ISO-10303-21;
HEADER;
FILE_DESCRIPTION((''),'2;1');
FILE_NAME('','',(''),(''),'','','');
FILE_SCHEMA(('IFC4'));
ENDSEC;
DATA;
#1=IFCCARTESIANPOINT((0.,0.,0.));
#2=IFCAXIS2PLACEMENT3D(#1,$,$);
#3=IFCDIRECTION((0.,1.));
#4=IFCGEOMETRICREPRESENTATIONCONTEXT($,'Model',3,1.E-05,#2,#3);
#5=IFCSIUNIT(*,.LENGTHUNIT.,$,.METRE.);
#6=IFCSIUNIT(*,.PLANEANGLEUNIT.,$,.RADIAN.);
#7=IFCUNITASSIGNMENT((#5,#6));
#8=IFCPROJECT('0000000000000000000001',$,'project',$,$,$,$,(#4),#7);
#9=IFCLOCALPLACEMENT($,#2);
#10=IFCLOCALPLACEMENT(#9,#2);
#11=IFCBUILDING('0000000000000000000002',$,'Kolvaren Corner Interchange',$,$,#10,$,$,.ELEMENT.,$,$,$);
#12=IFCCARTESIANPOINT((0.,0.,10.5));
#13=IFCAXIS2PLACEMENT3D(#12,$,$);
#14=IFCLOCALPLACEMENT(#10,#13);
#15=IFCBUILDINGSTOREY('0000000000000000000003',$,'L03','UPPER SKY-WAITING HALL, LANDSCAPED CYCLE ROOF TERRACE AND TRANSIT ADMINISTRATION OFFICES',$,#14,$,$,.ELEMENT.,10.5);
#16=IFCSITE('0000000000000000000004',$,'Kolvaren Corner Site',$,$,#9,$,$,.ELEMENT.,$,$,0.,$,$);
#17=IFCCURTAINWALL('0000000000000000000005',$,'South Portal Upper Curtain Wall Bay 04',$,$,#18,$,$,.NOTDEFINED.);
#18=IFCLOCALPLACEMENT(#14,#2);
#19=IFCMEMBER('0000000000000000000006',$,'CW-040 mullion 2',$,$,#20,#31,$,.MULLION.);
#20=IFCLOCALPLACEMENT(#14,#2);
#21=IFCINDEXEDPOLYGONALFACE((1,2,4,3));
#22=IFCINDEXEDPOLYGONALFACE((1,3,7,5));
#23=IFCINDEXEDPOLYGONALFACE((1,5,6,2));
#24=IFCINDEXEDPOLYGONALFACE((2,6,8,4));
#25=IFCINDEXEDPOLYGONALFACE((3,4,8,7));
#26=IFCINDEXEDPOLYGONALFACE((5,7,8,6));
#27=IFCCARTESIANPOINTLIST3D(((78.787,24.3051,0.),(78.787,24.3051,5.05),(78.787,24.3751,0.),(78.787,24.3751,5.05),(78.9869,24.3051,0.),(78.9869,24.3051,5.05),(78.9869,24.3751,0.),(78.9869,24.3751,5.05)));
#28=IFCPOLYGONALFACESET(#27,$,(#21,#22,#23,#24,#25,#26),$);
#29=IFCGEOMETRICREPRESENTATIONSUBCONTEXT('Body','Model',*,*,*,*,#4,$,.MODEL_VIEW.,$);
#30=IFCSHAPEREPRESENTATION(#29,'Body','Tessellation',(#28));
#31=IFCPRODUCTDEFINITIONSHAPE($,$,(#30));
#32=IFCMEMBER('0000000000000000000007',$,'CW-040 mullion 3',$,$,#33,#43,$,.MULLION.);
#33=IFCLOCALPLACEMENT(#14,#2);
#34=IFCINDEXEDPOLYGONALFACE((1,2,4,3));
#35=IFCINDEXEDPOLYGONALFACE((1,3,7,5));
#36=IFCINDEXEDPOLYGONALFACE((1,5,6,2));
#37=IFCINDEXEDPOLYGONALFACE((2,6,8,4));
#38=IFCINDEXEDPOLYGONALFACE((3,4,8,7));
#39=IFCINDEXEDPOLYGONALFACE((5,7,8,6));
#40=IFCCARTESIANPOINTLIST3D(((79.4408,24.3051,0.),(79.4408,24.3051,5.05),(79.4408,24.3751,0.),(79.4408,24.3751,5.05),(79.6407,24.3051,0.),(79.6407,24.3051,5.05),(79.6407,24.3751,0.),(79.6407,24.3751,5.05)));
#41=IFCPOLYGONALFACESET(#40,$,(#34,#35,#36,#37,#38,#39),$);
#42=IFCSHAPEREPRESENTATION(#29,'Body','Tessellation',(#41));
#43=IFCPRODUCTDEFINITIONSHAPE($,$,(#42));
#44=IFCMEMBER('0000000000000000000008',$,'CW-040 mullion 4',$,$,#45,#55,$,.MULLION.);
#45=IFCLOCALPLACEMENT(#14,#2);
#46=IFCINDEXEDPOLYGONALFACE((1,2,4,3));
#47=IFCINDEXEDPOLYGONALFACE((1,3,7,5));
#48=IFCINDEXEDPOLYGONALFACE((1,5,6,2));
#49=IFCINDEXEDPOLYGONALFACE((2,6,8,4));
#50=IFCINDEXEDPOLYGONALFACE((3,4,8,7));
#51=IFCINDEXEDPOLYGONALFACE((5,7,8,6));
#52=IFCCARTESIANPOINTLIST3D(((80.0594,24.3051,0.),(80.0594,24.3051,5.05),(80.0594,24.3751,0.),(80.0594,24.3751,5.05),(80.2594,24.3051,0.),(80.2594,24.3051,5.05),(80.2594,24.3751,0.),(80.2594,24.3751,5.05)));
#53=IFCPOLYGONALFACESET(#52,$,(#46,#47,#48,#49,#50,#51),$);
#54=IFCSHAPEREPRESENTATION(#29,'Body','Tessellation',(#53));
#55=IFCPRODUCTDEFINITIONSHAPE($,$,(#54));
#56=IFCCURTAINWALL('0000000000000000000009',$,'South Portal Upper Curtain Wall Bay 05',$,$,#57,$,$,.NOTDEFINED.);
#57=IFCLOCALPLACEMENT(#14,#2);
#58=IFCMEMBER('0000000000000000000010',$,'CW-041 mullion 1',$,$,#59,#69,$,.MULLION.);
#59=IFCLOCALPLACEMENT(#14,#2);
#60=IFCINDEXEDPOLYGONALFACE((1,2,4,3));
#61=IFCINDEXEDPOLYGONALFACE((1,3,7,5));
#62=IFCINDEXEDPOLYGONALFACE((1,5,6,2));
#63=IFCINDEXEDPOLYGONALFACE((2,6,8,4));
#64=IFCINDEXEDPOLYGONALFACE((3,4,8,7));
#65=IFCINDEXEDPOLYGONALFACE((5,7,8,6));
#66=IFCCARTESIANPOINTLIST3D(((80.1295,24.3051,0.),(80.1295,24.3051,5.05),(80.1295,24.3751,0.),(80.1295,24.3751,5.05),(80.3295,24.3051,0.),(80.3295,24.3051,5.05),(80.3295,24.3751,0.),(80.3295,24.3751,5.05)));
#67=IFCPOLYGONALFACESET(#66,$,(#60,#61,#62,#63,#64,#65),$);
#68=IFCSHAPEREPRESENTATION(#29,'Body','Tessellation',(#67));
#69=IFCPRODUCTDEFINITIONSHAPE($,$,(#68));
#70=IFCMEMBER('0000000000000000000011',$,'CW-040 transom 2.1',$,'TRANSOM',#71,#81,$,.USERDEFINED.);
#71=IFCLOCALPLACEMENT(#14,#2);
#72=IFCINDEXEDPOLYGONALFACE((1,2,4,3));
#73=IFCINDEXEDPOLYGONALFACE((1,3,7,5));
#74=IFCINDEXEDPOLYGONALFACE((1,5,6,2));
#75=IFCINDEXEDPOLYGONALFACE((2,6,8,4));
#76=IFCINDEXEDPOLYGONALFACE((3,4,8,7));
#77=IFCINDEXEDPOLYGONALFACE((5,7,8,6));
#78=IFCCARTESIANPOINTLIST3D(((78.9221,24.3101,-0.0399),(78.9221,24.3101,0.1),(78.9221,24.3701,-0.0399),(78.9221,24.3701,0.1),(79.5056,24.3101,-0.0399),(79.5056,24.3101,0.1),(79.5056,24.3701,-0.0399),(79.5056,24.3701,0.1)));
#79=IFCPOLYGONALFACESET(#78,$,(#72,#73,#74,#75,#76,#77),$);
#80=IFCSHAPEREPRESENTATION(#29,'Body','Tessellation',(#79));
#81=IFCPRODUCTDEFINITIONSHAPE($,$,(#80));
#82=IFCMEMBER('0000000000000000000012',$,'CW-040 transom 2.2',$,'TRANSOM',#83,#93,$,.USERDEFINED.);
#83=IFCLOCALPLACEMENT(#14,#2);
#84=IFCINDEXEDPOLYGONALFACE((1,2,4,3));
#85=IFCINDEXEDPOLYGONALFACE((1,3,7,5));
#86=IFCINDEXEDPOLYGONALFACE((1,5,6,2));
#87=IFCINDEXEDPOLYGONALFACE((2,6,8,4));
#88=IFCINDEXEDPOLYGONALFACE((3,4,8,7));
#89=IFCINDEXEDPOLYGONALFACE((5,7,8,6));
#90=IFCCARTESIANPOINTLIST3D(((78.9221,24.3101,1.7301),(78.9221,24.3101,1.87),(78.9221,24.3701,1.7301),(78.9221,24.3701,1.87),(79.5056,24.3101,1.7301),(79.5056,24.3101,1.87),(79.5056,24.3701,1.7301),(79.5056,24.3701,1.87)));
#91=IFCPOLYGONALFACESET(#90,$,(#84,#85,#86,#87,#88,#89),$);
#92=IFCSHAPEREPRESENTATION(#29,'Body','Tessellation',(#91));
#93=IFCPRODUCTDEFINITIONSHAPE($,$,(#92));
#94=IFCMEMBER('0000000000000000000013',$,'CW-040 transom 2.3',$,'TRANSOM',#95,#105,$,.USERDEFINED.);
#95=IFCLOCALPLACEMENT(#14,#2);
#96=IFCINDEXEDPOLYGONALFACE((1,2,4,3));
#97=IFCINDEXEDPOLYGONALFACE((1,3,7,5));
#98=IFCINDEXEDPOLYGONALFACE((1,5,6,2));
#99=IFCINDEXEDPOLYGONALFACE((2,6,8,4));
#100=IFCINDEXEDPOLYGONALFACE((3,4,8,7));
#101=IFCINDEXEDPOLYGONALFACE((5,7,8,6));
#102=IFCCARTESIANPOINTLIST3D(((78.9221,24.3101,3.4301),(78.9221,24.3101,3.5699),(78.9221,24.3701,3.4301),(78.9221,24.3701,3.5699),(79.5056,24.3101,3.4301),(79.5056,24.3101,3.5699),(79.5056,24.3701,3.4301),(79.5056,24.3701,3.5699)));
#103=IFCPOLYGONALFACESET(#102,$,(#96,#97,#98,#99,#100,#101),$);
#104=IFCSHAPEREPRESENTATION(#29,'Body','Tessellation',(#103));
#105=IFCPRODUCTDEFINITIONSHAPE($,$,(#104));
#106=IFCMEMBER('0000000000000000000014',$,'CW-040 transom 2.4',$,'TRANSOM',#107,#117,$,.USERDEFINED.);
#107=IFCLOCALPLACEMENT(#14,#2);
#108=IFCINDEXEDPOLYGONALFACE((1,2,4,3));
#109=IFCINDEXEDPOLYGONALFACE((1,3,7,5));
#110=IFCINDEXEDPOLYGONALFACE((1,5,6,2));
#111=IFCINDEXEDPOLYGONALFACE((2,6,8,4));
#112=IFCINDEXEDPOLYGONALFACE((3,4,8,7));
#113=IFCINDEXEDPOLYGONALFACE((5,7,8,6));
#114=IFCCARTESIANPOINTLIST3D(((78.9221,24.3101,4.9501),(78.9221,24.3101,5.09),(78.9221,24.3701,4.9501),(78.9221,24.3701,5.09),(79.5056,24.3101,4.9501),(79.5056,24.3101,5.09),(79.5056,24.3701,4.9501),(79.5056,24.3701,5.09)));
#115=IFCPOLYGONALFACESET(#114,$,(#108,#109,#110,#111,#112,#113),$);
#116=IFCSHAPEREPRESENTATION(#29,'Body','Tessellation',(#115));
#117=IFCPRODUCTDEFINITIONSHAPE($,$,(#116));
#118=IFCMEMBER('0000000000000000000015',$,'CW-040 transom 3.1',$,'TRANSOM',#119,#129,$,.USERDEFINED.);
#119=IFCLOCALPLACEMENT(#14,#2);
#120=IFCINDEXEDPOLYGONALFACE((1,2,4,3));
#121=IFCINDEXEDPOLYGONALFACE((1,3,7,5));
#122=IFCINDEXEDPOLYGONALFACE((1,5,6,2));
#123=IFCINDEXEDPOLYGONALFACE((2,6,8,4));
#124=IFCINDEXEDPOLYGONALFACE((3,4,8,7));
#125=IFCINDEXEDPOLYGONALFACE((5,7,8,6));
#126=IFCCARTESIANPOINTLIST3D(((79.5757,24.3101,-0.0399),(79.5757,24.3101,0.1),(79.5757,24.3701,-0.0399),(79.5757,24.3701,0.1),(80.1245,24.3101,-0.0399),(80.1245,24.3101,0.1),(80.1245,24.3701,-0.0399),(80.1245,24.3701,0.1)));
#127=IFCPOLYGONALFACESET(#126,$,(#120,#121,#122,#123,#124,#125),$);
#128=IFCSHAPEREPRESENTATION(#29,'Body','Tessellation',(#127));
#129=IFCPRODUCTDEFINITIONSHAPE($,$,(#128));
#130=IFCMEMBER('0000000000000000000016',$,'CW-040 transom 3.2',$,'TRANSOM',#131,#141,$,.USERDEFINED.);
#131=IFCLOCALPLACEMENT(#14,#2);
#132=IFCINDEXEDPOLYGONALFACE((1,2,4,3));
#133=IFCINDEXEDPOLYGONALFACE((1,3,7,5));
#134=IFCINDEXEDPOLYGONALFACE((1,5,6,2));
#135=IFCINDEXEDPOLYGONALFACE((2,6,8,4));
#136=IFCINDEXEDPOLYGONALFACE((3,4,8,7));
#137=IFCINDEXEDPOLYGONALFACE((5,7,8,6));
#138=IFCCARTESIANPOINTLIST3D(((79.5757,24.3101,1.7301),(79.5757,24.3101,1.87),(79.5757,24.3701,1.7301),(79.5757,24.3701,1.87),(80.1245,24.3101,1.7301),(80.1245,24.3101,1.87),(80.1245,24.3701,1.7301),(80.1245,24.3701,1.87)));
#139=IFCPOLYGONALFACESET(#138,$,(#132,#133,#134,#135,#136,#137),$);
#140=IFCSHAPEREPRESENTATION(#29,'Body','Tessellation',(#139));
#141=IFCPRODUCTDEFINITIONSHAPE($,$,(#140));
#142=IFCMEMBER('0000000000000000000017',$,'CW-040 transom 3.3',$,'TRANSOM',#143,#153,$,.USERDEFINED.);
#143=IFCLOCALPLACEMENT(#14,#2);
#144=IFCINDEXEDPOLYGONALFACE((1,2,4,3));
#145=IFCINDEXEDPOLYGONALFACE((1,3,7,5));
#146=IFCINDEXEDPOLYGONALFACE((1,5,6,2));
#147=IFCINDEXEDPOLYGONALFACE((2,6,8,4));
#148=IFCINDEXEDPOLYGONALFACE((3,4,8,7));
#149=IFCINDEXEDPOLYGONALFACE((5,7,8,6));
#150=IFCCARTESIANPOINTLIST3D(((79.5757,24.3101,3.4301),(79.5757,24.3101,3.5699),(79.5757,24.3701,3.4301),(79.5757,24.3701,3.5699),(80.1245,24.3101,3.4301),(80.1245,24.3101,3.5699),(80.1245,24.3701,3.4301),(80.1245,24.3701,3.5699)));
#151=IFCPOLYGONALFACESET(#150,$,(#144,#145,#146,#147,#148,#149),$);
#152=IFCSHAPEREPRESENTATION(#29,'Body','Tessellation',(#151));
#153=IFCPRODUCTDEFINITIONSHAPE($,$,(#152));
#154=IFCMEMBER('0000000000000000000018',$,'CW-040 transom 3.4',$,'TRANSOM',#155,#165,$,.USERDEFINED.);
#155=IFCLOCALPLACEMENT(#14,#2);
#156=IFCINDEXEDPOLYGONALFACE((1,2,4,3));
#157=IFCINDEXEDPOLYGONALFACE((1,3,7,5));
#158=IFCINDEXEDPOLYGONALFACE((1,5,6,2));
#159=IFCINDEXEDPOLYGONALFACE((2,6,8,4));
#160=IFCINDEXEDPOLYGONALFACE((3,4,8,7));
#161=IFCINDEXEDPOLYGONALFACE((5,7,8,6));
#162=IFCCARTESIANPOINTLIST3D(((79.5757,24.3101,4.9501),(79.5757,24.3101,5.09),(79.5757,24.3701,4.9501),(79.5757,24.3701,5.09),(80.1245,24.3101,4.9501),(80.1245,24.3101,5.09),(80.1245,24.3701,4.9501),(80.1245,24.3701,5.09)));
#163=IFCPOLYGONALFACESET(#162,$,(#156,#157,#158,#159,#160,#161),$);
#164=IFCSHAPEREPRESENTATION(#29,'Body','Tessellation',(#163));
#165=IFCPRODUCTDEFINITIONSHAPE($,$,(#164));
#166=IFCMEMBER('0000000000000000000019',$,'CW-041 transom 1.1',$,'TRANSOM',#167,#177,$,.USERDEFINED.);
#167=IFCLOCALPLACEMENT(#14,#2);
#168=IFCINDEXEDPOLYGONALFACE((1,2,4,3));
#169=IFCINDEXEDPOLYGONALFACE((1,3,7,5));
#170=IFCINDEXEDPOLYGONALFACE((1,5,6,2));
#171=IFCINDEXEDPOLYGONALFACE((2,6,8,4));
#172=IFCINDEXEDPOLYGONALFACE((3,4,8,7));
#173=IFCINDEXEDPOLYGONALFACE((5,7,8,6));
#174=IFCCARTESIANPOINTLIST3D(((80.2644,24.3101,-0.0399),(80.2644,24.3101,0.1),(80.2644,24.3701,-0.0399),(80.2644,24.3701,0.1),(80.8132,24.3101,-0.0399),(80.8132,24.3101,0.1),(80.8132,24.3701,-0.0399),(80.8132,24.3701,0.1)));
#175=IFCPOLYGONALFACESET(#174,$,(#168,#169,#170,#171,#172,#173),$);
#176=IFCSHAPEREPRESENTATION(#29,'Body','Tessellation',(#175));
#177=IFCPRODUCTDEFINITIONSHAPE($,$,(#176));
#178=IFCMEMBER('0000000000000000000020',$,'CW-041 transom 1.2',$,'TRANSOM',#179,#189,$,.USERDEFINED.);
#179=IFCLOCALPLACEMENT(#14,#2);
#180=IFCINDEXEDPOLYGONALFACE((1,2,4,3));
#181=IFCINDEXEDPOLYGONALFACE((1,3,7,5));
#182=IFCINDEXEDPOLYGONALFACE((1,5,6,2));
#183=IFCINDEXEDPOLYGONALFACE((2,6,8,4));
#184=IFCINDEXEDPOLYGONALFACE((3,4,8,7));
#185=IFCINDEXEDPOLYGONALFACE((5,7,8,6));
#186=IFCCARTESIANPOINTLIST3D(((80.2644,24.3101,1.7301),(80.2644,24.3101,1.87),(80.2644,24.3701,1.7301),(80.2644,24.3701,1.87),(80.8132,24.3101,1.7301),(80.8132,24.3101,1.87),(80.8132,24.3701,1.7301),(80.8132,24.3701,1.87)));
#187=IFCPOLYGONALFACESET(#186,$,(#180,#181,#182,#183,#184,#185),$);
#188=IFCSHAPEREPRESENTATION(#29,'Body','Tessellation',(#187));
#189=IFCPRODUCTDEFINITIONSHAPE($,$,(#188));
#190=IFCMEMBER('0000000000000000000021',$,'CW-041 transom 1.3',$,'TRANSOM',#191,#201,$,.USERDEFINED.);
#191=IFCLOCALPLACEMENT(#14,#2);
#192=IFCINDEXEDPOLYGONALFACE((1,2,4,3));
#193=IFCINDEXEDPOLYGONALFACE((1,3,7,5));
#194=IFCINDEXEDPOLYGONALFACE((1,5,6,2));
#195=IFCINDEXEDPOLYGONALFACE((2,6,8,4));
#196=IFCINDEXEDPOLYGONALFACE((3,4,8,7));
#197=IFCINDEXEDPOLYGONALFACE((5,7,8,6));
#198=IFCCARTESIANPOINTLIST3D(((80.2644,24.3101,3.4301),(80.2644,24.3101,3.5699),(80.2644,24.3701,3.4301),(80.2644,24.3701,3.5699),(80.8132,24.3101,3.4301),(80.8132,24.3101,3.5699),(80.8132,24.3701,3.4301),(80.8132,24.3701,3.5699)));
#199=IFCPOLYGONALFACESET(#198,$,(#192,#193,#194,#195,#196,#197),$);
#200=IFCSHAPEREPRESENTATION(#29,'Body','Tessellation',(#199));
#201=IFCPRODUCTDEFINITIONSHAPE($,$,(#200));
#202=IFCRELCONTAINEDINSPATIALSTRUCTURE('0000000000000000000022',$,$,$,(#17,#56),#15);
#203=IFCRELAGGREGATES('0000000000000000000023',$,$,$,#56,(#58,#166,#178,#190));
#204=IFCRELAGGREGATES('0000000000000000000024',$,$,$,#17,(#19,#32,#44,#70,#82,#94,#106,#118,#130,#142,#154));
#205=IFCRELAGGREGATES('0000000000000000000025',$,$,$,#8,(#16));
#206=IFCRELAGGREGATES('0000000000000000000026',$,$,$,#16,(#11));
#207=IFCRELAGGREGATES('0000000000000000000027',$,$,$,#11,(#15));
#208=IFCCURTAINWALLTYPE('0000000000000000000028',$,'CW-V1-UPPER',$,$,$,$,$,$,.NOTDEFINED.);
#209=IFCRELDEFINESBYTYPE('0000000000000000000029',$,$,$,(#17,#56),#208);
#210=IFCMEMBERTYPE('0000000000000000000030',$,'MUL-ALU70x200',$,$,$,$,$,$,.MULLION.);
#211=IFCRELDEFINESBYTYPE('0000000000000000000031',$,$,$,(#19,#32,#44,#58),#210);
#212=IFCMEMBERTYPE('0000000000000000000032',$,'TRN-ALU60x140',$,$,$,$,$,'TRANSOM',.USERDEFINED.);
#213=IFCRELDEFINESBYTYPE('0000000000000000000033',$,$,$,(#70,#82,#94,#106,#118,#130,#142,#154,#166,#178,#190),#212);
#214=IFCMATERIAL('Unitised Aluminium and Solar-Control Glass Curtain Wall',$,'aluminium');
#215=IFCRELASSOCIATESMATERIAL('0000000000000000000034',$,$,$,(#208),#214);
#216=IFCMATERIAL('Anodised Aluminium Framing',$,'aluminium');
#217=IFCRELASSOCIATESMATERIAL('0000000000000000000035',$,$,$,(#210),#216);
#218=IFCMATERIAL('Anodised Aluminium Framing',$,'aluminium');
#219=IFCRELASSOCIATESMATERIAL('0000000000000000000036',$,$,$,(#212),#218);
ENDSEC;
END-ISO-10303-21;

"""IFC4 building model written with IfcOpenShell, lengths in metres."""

from ifc_helpers import new_model, si_unit, direction, frame, origin, origin_2d, place, context, subcontext, project, spatial, rectangle, extrude, material, material_profile, profile_set, type_object, element, aggregate, save


model = new_model("IFC4")

# Units and contexts
model_context = context("Model", 3, precision=1e-05, world=origin(), true_north=direction((0.0, 1.0)))
body_context = subcontext(model_context, "Body", "Model", "MODEL_VIEW")
ifc_project = project(units=[si_unit("LENGTHUNIT", "METRE"), si_unit("PLANEANGLEUNIT", "RADIAN")], contexts=[model_context])

# Site, building, storey
site_placement = place(None, origin())
site = spatial("IfcSite", under=ifc_project, at=site_placement, Name="Kolvaren Corner Site", CompositionType="ELEMENT", RefElevation=0.0)
building_placement = place(site_placement, origin())
building = spatial("IfcBuilding", under=site, at=building_placement, Name="Kolvaren Corner Interchange", CompositionType="ELEMENT")
storey_placement = place(building_placement, frame((0.0, 0.0, 10.5)))
storey = spatial("IfcBuildingStorey", under=building, at=storey_placement, Name="L03", Description="UPPER SKY-WAITING HALL, LANDSCAPED CYCLE ROOF TERRACE AND TRANSIT ADMINISTRATION OFFICES", CompositionType="ELEMENT", Elevation=10.5)

# Curtain wall, members
ifc_material_1 = material(Name="Unitised Aluminium and Solar-Control Glass Curtain Wall", Category="aluminium")
curtain_wall_type = type_object("IfcCurtainWallType", Name="CW-V1-UPPER", PredefinedType="NOTDEFINED", material=ifc_material_1)
curtain_wall_1_placement = place(storey_placement, origin())
curtain_wall_1 = element("IfcCurtainWall", 1, at=curtain_wall_1_placement, inside=storey, type_object=curtain_wall_type, Name="South Portal Upper Curtain Wall Bay 04", PredefinedType="NOTDEFINED")
ifc_material_2 = material(Name="Anodised Aluminium Framing", Category="aluminium")
ifc_material_profile_1 = material_profile(ifc_material_2, rectangle(XDim=0.0701, YDim=0.2, at=origin_2d()), Name="ALU 70x200")
ifc_profile_set_1 = profile_set([ifc_material_profile_1], Name="Anodised Aluminium Framing")
member_type_1 = type_object("IfcMemberType", Name="MUL-ALU70x200", PredefinedType="MULLION", material=ifc_profile_set_1)
member_1_placement = place(storey_placement, frame((78.887, 24.3401, 0.0), z_axis=(0.0, 0.0, 1.0), x_axis=(0.0, 1.0, 0.0)))
member_1 = element("IfcMember", 2, at=member_1_placement, type_object=member_type_1, Name="CW-040 mullion 2", PredefinedType="MULLION", context=body_context, shape_type="SweptSolid", body=[
    extrude(rectangle(XDim=0.0701, YDim=0.2, at=origin_2d()), origin(), (0.0, 0.0, 1.0), 5.05),
])
member_2_placement = place(storey_placement, frame((79.5408, 24.3401, 0.0), z_axis=(0.0, 0.0, 1.0), x_axis=(0.0, 1.0, 0.0)))
member_2 = element("IfcMember", 3, at=member_2_placement, type_object=member_type_1, Name="CW-040 mullion 3", PredefinedType="MULLION", context=body_context, shape_type="SweptSolid", body=[
    extrude(rectangle(XDim=0.0701, YDim=0.2, at=origin_2d()), origin(), (0.0, 0.0, 1.0), 5.05),
])
member_3_placement = place(storey_placement, frame((80.1594, 24.3401, 0.0), z_axis=(0.0, 0.0, 1.0), x_axis=(0.0, 1.0, 0.0)))
member_3 = element("IfcMember", 4, at=member_3_placement, type_object=member_type_1, Name="CW-040 mullion 4", PredefinedType="MULLION", context=body_context, shape_type="SweptSolid", body=[
    extrude(rectangle(XDim=0.0701, YDim=0.2, at=origin_2d()), origin(), (0.0, 0.0, 1.0), 5.05),
])

# Curtain wall, member
curtain_wall_2_placement = place(storey_placement, origin())
curtain_wall_2 = element("IfcCurtainWall", 5, at=curtain_wall_2_placement, inside=storey, type_object=curtain_wall_type, Name="South Portal Upper Curtain Wall Bay 05", PredefinedType="NOTDEFINED")
member_4_placement = place(storey_placement, frame((80.2295, 24.3401, 0.0), z_axis=(0.0, 0.0, 1.0), x_axis=(0.0, 1.0, 0.0)))
member_4 = element("IfcMember", 6, at=member_4_placement, type_object=member_type_1, Name="CW-041 mullion 1", PredefinedType="MULLION", context=body_context, shape_type="SweptSolid", body=[
    extrude(rectangle(XDim=0.0701, YDim=0.2, at=origin_2d()), origin(), (0.0, 0.0, 1.0), 5.05),
])

# Members
ifc_material_3 = material(Name="Anodised Aluminium Framing", Category="aluminium")
ifc_material_profile_2 = material_profile(ifc_material_3, rectangle(XDim=0.0601, YDim=0.1399, at=origin_2d()), Name="ALU 60x140")
ifc_profile_set_2 = profile_set([ifc_material_profile_2], Name="Anodised Aluminium Framing")
member_type_2 = type_object("IfcMemberType", Name="TRN-ALU60x140", ElementType="TRANSOM", PredefinedType="USERDEFINED", material=ifc_profile_set_2)
member_5_placement = place(storey_placement, frame((78.9221, 24.3401, 0.03), z_axis=(1.0, 0.0, 0.0), x_axis=(0.0, 1.0, 0.0)))
member_5 = element("IfcMember", 7, at=member_5_placement, type_object=member_type_2, Name="CW-040 transom 2.1", ObjectType="TRANSOM", PredefinedType="USERDEFINED", context=body_context, shape_type="SweptSolid", body=[
    extrude(rectangle(XDim=0.0601, YDim=0.1399, at=origin_2d()), origin(), (0.0, 0.0, 1.0), 0.5835),
])
member_6_placement = place(storey_placement, frame((78.9221, 24.3401, 1.8), z_axis=(1.0, 0.0, 0.0), x_axis=(0.0, 1.0, 0.0)))
member_6 = element("IfcMember", 8, at=member_6_placement, type_object=member_type_2, Name="CW-040 transom 2.2", ObjectType="TRANSOM", PredefinedType="USERDEFINED", context=body_context, shape_type="SweptSolid", body=[
    extrude(rectangle(XDim=0.0601, YDim=0.1399, at=origin_2d()), origin(), (0.0, 0.0, 1.0), 0.5835),
])
member_7_placement = place(storey_placement, frame((78.9221, 24.3401, 3.5), z_axis=(1.0, 0.0, 0.0), x_axis=(0.0, 1.0, 0.0)))
member_7 = element("IfcMember", 9, at=member_7_placement, type_object=member_type_2, Name="CW-040 transom 2.3", ObjectType="TRANSOM", PredefinedType="USERDEFINED", context=body_context, shape_type="SweptSolid", body=[
    extrude(rectangle(XDim=0.0601, YDim=0.1399, at=origin_2d()), origin(), (0.0, 0.0, 1.0), 0.5835),
])
member_8_placement = place(storey_placement, frame((78.9221, 24.3401, 5.02), z_axis=(1.0, 0.0, 0.0), x_axis=(0.0, 1.0, 0.0)))
member_8 = element("IfcMember", 10, at=member_8_placement, type_object=member_type_2, Name="CW-040 transom 2.4", ObjectType="TRANSOM", PredefinedType="USERDEFINED", context=body_context, shape_type="SweptSolid", body=[
    extrude(rectangle(XDim=0.0601, YDim=0.1399, at=origin_2d()), origin(), (0.0, 0.0, 1.0), 0.5835),
])
member_9_placement = place(storey_placement, frame((79.5757, 24.3401, 0.03), z_axis=(1.0, 0.0, 0.0), x_axis=(0.0, 1.0, 0.0)))
member_9 = element("IfcMember", 11, at=member_9_placement, type_object=member_type_2, Name="CW-040 transom 3.1", ObjectType="TRANSOM", PredefinedType="USERDEFINED", context=body_context, shape_type="SweptSolid", body=[
    extrude(rectangle(XDim=0.0601, YDim=0.1399, at=origin_2d()), origin(), (0.0, 0.0, 1.0), 0.5488),
])
member_10_placement = place(storey_placement, frame((79.5757, 24.3401, 1.8), z_axis=(1.0, 0.0, 0.0), x_axis=(0.0, 1.0, 0.0)))
member_10 = element("IfcMember", 12, at=member_10_placement, type_object=member_type_2, Name="CW-040 transom 3.2", ObjectType="TRANSOM", PredefinedType="USERDEFINED", context=body_context, shape_type="SweptSolid", body=[
    extrude(rectangle(XDim=0.0601, YDim=0.1399, at=origin_2d()), origin(), (0.0, 0.0, 1.0), 0.5488),
])
member_11_placement = place(storey_placement, frame((79.5757, 24.3401, 3.5), z_axis=(1.0, 0.0, 0.0), x_axis=(0.0, 1.0, 0.0)))
member_11 = element("IfcMember", 13, at=member_11_placement, type_object=member_type_2, Name="CW-040 transom 3.3", ObjectType="TRANSOM", PredefinedType="USERDEFINED", context=body_context, shape_type="SweptSolid", body=[
    extrude(rectangle(XDim=0.0601, YDim=0.1399, at=origin_2d()), origin(), (0.0, 0.0, 1.0), 0.5488),
])
member_12_placement = place(storey_placement, frame((79.5757, 24.3401, 5.02), z_axis=(1.0, 0.0, 0.0), x_axis=(0.0, 1.0, 0.0)))
member_12 = element("IfcMember", 14, at=member_12_placement, type_object=member_type_2, Name="CW-040 transom 3.4", ObjectType="TRANSOM", PredefinedType="USERDEFINED", context=body_context, shape_type="SweptSolid", body=[
    extrude(rectangle(XDim=0.0601, YDim=0.1399, at=origin_2d()), origin(), (0.0, 0.0, 1.0), 0.5488),
])
member_13_placement = place(storey_placement, frame((80.2644, 24.3401, 0.03), z_axis=(1.0, 0.0, 0.0), x_axis=(0.0, 1.0, 0.0)))
member_13 = element("IfcMember", 15, at=member_13_placement, type_object=member_type_2, Name="CW-041 transom 1.1", ObjectType="TRANSOM", PredefinedType="USERDEFINED", context=body_context, shape_type="SweptSolid", body=[
    extrude(rectangle(XDim=0.0601, YDim=0.1399, at=origin_2d()), origin(), (0.0, 0.0, 1.0), 0.5488),
])
member_14_placement = place(storey_placement, frame((80.2644, 24.3401, 1.8), z_axis=(1.0, 0.0, 0.0), x_axis=(0.0, 1.0, 0.0)))
member_14 = element("IfcMember", 16, at=member_14_placement, type_object=member_type_2, Name="CW-041 transom 1.2", ObjectType="TRANSOM", PredefinedType="USERDEFINED", context=body_context, shape_type="SweptSolid", body=[
    extrude(rectangle(XDim=0.0601, YDim=0.1399, at=origin_2d()), origin(), (0.0, 0.0, 1.0), 0.5488),
])
member_15_placement = place(storey_placement, frame((80.2644, 24.3401, 3.5), z_axis=(1.0, 0.0, 0.0), x_axis=(0.0, 1.0, 0.0)))
member_15 = element("IfcMember", 17, at=member_15_placement, type_object=member_type_2, Name="CW-041 transom 1.3", ObjectType="TRANSOM", PredefinedType="USERDEFINED", context=body_context, shape_type="SweptSolid", body=[
    extrude(rectangle(XDim=0.0601, YDim=0.1399, at=origin_2d()), origin(), (0.0, 0.0, 1.0), 0.5488),
])
aggregate(curtain_wall_2, [member_4, member_13, member_14, member_15])

aggregate(curtain_wall_1, [member_1, member_2, member_3, member_5, member_6, member_7, member_8, member_9, member_10, member_11, member_12])

save(model, "model.ifc")
